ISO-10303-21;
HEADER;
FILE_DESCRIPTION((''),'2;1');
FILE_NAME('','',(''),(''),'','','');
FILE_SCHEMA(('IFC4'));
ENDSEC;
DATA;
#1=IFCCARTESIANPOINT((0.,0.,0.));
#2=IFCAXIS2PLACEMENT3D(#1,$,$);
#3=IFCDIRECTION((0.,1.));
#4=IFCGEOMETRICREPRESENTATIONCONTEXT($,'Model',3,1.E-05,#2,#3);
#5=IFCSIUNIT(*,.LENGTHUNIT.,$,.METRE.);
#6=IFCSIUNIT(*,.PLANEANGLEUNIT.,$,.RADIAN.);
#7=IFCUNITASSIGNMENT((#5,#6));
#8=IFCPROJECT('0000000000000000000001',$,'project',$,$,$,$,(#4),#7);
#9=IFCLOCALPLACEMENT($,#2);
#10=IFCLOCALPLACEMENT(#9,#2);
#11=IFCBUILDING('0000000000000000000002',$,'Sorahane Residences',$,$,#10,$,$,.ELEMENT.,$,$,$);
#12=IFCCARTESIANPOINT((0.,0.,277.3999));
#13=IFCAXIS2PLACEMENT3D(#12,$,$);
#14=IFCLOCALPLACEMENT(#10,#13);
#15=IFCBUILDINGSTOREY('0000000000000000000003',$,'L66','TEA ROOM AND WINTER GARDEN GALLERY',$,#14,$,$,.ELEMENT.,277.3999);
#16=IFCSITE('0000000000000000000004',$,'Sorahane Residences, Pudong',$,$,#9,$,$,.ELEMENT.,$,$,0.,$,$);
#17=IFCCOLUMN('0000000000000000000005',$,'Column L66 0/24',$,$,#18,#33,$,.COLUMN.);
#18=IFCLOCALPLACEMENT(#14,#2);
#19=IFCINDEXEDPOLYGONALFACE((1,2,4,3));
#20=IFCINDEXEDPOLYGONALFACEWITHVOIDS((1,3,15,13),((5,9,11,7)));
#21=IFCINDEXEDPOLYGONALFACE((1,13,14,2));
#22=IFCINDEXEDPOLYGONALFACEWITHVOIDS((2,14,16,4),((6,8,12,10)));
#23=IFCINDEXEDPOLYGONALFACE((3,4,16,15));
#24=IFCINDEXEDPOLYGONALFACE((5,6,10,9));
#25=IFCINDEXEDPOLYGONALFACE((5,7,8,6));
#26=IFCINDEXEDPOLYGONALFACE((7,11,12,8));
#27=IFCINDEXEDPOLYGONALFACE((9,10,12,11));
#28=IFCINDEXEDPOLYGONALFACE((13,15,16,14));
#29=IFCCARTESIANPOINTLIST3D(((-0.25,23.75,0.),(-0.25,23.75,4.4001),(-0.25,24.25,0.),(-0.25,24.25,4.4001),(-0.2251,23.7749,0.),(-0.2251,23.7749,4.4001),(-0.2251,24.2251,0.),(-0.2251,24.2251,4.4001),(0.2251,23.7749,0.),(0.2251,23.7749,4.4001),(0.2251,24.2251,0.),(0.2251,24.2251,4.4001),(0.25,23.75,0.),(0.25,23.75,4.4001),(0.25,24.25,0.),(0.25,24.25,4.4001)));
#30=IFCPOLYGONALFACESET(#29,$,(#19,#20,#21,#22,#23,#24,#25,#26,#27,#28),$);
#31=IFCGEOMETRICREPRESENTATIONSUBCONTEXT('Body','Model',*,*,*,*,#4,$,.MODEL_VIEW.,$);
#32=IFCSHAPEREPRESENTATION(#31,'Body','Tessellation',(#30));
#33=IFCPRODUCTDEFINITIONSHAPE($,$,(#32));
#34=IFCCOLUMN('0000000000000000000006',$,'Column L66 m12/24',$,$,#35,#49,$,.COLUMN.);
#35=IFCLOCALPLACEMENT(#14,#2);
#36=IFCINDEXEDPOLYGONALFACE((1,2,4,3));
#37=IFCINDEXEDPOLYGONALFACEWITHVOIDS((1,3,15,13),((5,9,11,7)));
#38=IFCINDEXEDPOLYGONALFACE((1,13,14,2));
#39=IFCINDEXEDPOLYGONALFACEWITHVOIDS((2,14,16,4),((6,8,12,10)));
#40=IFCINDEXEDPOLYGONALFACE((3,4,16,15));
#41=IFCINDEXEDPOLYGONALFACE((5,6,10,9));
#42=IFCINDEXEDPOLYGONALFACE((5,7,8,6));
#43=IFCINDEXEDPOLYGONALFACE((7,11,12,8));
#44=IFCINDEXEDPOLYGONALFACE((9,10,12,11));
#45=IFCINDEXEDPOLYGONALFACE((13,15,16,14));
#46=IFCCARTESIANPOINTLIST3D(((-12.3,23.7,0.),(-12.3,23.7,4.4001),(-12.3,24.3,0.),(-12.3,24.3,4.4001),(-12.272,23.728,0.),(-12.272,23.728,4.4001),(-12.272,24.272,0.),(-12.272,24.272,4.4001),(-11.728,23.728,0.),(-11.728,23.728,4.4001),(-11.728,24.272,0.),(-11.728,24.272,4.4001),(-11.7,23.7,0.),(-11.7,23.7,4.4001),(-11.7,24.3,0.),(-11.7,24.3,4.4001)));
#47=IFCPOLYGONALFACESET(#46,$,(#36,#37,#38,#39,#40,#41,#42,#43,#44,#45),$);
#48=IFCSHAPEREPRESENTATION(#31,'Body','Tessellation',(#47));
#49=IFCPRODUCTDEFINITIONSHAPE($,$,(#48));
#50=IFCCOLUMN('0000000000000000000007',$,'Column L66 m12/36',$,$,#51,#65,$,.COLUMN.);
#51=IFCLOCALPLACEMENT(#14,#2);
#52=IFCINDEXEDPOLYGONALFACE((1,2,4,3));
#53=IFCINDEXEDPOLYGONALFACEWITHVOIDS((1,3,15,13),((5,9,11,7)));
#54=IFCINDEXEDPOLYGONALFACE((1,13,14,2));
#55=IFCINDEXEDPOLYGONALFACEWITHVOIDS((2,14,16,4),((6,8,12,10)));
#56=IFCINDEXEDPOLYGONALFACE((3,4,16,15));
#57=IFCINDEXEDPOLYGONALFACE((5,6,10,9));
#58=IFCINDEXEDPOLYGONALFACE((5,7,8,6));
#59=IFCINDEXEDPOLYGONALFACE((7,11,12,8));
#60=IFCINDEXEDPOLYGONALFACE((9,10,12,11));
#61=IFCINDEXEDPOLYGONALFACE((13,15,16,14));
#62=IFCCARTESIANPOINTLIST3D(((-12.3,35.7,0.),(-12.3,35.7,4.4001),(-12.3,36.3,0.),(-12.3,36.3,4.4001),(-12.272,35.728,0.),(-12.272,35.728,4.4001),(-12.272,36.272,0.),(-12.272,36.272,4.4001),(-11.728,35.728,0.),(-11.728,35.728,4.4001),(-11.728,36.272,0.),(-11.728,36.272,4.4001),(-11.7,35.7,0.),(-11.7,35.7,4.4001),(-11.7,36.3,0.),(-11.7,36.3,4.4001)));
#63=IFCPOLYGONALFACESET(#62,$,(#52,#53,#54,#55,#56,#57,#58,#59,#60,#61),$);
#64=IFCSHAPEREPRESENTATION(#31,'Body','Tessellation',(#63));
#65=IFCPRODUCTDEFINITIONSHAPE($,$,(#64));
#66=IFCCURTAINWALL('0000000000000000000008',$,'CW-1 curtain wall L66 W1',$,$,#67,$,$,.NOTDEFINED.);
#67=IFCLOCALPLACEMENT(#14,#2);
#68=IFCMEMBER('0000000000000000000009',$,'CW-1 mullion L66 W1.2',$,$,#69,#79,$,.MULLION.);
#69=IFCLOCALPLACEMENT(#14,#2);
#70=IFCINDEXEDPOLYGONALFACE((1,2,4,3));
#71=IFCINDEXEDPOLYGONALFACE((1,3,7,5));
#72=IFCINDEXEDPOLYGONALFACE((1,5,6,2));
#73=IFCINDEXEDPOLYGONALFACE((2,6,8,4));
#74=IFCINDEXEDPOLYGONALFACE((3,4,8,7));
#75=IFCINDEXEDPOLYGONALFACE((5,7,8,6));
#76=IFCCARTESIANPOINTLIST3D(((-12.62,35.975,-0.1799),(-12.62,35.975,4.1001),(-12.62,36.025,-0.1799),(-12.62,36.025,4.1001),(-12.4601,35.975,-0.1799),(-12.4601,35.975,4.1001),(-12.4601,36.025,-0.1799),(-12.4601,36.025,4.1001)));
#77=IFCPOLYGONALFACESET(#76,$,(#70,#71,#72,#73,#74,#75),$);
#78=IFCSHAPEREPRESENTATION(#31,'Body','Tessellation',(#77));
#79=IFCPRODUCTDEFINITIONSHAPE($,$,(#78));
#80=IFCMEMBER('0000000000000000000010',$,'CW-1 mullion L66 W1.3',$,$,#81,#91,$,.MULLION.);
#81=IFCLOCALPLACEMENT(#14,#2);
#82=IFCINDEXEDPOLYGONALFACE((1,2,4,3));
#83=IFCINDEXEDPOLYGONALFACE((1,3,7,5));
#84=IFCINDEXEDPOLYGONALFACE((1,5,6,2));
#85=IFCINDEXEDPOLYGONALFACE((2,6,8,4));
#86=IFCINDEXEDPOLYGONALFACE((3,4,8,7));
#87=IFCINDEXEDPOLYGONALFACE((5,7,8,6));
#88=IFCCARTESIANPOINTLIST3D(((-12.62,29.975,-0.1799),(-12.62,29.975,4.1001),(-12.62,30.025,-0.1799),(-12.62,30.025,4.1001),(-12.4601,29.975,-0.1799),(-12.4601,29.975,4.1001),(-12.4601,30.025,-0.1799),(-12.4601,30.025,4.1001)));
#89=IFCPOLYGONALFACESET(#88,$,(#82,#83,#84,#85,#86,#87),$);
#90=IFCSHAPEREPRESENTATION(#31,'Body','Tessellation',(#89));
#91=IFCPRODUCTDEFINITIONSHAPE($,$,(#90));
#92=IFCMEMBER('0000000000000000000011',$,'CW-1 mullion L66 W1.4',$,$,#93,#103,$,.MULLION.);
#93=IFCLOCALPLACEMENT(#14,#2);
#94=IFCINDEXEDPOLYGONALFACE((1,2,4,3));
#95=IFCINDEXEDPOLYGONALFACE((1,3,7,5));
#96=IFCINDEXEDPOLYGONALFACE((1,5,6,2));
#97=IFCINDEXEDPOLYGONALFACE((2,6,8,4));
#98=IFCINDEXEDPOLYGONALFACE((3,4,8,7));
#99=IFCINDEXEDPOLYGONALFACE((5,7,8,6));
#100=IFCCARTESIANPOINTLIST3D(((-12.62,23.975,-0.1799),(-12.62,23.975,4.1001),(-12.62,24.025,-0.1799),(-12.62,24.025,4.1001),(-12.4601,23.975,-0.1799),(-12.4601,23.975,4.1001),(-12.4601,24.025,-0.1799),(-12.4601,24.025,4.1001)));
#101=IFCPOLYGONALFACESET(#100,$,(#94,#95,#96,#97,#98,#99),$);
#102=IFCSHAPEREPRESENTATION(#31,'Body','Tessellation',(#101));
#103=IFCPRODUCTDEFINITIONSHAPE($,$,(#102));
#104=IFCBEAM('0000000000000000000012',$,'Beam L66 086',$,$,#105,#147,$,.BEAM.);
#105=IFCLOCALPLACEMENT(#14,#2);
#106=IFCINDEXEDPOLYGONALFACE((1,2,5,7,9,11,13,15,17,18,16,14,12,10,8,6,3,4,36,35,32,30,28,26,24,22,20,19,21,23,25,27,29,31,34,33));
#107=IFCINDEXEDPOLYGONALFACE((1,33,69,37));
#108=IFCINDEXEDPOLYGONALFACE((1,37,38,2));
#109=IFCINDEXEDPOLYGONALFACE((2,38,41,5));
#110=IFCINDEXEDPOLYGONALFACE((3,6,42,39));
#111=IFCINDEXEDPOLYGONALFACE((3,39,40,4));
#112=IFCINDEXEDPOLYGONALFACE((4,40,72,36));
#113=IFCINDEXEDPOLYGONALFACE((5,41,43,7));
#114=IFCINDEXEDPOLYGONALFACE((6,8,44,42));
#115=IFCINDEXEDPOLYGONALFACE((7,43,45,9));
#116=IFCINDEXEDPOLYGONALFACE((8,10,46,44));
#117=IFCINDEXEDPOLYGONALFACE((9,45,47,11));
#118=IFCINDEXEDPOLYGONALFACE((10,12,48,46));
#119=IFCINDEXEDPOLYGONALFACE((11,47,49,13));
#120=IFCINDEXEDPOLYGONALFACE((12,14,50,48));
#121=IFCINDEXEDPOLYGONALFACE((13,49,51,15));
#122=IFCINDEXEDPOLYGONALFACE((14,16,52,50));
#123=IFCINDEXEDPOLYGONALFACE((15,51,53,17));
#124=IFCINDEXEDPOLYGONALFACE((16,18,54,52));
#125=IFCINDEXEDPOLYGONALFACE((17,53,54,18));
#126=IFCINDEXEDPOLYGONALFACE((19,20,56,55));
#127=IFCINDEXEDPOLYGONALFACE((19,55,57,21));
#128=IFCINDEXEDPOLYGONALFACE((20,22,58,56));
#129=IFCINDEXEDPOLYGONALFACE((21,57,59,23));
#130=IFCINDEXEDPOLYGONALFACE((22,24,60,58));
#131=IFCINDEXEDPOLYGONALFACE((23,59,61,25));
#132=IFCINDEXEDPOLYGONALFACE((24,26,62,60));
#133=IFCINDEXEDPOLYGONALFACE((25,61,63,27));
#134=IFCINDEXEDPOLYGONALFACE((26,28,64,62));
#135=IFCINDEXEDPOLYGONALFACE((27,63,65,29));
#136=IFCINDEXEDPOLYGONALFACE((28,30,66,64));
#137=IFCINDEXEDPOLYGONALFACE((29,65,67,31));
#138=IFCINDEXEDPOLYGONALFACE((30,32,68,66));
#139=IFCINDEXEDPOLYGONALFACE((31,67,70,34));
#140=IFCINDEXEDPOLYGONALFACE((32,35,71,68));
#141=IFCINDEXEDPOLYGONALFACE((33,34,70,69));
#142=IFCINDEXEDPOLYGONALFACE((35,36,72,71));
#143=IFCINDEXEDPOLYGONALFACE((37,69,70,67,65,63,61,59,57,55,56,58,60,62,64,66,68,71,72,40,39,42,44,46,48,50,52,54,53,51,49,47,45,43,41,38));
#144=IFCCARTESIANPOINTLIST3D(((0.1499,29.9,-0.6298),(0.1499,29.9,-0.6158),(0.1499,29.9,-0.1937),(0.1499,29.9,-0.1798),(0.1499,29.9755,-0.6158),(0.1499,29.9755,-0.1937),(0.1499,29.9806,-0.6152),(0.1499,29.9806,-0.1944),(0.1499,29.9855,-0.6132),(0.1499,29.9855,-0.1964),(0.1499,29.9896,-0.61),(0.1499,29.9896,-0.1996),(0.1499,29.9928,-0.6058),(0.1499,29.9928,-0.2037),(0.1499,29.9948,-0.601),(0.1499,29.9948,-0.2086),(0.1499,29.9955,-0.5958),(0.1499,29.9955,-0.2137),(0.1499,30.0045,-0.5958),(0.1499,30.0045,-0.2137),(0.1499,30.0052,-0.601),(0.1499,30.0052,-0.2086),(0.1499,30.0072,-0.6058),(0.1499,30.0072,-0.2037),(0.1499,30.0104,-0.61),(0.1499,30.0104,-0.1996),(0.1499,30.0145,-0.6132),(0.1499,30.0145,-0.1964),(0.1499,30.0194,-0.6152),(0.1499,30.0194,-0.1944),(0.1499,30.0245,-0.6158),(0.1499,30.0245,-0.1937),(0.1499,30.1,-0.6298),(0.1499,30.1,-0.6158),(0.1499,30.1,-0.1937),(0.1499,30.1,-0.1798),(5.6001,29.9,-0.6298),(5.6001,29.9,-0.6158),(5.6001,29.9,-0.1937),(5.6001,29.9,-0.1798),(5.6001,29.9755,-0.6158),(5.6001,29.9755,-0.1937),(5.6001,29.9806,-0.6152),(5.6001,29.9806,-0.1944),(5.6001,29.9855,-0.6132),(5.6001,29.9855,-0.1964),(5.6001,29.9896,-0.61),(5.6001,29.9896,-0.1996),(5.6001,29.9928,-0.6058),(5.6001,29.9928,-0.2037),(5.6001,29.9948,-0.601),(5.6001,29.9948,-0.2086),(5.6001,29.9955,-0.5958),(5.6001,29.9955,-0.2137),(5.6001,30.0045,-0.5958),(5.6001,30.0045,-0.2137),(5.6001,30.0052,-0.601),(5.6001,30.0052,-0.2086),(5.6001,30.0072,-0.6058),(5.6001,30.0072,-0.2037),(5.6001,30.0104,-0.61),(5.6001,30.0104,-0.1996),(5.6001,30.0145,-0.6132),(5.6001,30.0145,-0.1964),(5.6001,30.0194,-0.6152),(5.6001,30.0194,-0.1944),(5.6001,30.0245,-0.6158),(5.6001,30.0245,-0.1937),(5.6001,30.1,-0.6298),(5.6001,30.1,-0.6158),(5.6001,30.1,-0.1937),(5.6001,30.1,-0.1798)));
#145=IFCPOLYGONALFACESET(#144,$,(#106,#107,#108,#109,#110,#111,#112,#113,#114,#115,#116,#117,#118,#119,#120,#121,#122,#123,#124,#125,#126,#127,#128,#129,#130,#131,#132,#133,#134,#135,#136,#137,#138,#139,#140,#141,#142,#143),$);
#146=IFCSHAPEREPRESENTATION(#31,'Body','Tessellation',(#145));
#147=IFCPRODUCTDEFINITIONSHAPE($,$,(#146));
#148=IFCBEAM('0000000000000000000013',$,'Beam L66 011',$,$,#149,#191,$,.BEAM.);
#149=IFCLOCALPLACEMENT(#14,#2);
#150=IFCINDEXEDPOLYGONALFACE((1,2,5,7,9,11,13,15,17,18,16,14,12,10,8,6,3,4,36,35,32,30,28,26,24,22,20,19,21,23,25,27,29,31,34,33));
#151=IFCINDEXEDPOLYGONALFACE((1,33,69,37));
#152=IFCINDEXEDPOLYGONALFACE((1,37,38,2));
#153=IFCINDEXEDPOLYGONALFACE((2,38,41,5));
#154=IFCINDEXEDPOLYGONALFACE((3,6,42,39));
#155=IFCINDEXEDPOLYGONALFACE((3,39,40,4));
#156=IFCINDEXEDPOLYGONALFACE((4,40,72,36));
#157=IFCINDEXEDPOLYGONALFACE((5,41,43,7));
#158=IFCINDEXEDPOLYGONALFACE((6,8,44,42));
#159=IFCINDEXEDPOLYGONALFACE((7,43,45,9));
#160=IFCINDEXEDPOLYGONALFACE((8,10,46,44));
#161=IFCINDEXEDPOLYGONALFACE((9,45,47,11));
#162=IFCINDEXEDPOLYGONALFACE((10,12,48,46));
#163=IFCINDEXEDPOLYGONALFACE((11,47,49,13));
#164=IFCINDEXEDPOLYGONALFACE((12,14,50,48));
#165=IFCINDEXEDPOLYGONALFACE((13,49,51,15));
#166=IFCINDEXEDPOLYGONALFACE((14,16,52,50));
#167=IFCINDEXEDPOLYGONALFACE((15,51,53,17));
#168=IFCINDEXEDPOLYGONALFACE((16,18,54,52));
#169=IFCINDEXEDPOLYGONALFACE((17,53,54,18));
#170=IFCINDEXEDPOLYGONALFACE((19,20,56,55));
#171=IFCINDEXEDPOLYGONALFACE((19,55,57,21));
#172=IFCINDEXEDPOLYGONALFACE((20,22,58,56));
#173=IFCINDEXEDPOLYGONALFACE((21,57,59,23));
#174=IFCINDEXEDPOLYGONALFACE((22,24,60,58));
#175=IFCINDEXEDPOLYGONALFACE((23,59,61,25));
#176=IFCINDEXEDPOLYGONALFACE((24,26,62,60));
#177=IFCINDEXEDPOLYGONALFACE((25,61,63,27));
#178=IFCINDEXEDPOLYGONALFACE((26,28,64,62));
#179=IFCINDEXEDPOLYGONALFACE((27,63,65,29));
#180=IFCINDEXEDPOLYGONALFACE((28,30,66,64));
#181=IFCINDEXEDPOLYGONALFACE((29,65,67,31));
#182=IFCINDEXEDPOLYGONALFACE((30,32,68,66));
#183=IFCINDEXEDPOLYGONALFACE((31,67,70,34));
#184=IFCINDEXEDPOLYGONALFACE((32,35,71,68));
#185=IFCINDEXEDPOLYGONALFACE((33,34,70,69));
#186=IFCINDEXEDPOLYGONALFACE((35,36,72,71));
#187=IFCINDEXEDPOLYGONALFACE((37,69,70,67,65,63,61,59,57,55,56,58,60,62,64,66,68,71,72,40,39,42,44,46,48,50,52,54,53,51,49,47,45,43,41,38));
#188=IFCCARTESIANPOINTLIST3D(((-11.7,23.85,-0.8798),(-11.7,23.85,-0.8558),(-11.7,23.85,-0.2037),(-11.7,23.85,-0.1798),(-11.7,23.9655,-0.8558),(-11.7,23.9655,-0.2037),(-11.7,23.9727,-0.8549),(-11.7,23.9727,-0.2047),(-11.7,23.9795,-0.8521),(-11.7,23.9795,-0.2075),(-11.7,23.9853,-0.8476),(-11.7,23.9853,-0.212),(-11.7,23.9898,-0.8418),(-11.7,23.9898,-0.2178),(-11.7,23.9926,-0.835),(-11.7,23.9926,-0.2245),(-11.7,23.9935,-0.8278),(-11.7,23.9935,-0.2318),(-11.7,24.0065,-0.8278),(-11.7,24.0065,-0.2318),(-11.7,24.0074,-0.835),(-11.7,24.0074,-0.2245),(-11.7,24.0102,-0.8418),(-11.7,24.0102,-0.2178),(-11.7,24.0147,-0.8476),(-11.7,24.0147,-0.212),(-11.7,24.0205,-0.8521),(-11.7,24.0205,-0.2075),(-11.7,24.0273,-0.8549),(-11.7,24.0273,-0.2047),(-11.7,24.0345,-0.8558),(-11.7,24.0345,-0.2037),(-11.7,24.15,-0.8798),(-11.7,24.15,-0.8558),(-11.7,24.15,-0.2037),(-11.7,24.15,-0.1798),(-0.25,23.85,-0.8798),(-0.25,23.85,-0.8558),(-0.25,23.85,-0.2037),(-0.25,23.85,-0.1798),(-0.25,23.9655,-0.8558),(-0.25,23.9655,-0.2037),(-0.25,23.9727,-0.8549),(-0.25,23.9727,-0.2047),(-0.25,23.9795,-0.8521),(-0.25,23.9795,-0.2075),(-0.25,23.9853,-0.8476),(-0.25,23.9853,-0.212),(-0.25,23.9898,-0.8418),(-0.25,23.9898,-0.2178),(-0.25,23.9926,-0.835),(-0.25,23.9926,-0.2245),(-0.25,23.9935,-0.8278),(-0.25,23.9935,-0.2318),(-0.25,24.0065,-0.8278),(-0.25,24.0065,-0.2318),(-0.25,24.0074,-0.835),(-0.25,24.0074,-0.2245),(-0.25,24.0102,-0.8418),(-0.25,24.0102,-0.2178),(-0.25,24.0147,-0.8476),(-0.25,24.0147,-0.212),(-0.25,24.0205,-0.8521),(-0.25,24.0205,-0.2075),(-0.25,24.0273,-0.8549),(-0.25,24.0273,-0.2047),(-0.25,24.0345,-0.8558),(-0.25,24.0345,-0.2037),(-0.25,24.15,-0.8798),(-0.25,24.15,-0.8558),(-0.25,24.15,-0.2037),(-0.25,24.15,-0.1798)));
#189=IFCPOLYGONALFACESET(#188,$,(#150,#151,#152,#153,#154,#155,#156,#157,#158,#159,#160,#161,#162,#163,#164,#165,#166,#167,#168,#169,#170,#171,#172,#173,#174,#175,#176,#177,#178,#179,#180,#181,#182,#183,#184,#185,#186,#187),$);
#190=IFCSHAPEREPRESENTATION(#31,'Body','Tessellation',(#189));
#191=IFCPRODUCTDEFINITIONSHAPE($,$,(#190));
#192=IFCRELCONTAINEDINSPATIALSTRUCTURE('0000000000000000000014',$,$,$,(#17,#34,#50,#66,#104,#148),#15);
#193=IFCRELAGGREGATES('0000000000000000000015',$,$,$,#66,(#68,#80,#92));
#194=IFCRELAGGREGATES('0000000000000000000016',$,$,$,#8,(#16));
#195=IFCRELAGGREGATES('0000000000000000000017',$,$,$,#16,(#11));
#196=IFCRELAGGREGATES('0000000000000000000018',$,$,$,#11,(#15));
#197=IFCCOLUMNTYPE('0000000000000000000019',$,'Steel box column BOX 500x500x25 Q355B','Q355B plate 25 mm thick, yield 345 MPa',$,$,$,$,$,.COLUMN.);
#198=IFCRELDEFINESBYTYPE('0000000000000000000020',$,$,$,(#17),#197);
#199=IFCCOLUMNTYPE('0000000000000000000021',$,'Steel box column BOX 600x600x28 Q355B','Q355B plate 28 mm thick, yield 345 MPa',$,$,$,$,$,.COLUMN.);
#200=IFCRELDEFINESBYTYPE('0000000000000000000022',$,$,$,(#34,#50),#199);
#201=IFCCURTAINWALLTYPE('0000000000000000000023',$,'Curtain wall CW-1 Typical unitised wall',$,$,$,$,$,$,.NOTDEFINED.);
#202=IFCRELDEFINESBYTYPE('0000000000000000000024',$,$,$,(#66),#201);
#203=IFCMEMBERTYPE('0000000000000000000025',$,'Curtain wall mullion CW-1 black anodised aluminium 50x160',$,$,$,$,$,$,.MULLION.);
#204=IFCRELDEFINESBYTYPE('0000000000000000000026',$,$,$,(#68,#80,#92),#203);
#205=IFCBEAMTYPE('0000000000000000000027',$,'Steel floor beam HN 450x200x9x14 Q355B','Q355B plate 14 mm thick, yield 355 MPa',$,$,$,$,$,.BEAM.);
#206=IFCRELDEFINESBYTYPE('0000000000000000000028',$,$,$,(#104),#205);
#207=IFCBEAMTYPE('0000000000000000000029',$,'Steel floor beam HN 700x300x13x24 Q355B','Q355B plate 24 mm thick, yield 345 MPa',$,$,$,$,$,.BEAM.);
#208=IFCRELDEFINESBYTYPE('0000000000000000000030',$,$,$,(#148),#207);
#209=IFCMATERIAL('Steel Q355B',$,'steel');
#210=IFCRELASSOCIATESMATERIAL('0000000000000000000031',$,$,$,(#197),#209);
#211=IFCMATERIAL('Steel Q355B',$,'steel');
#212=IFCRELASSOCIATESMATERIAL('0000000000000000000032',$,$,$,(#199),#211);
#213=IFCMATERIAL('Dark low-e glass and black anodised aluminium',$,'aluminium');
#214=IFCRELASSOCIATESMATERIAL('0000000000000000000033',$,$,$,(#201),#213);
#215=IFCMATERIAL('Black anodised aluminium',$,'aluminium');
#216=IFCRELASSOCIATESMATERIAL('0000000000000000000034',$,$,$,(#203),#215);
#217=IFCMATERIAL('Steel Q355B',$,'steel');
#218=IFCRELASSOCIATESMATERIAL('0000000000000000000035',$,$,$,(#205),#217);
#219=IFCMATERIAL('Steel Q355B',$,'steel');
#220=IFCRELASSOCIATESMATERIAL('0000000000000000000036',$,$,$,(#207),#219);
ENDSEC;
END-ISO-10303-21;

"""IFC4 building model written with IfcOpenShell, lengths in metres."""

from ifc_helpers import new_model, si_unit, direction, frame, origin, origin_2d, place, context, subcontext, project, spatial, rectangle, hollow_rectangle, i_section, extrude, material, material_profile, profile_set, type_object, element, aggregate, save


model = new_model("IFC4")

# Units and contexts
model_context = context("Model", 3, precision=1e-05, world=origin(), true_north=direction((0.0, 1.0)))
body_context = subcontext(model_context, "Body", "Model", "MODEL_VIEW")
ifc_project = project(units=[si_unit("LENGTHUNIT", "METRE"), si_unit("PLANEANGLEUNIT", "RADIAN")], contexts=[model_context])

# Site, building, storey
site_placement = place(None, origin())
site = spatial("IfcSite", under=ifc_project, at=site_placement, Name="Sorahane Residences, Pudong", CompositionType="ELEMENT", RefElevation=0.0)
building_placement = place(site_placement, origin())
building = spatial("IfcBuilding", under=site, at=building_placement, Name="Sorahane Residences", CompositionType="ELEMENT")
storey_placement = place(building_placement, frame((0.0, 0.0, 277.3999)))
storey = spatial("IfcBuildingStorey", under=building, at=storey_placement, Name="L66", Description="TEA ROOM AND WINTER GARDEN GALLERY", CompositionType="ELEMENT", Elevation=277.3999)

# Columns
ifc_material_1 = material(Name="Steel Q355B", Category="steel")
ifc_material_profile_1 = material_profile(ifc_material_1, hollow_rectangle(XDim=0.5, YDim=0.5, WallThickness=0.0249, at=origin_2d()), Name="BOX 500x500x25")
ifc_profile_set_1 = profile_set([ifc_material_profile_1], Name="Steel Q355B")
column_type_1 = type_object("IfcColumnType", Name="Steel box column BOX 500x500x25 Q355B", Description="Q355B plate 25 mm thick, yield 345 MPa", PredefinedType="COLUMN", material=ifc_profile_set_1)
column_placement = place(storey_placement, frame((0.0, 24.0, 0.0), z_axis=(0.0, 0.0, 1.0), x_axis=(1.0, 0.0, 0.0)))
element("IfcColumn", 1, at=column_placement, inside=storey, type_object=column_type_1, Name="Column L66 0/24", PredefinedType="COLUMN", context=body_context, shape_type="SweptSolid", body=[
    extrude(hollow_rectangle(XDim=0.5, YDim=0.5, WallThickness=0.0249, at=origin_2d()), origin(), (0.0, 0.0, 1.0), 4.4001),
])
ifc_material_2 = material(Name="Steel Q355B", Category="steel")
ifc_material_profile_2 = material_profile(ifc_material_2, hollow_rectangle(XDim=0.6001, YDim=0.6001, WallThickness=0.0281, at=origin_2d()), Name="BOX 600x600x28")
ifc_profile_set_2 = profile_set([ifc_material_profile_2], Name="Steel Q355B")
column_type_2 = type_object("IfcColumnType", Name="Steel box column BOX 600x600x28 Q355B", Description="Q355B plate 28 mm thick, yield 345 MPa", PredefinedType="COLUMN", material=ifc_profile_set_2)
for number, where, z_axis, x_axis, name in (
    (2, (-12.0, 24.0, 0.0), (0.0, 0.0, 1.0), (1.0, 0.0, 0.0), "Column L66 m12/24"),
    (3, (-12.0, 36.0, 0.0), (0.0, 0.0, 1.0), (1.0, 0.0, 0.0), "Column L66 m12/36"),
):
    element("IfcColumn", number, at=place(storey_placement, frame(where, z_axis=z_axis, x_axis=x_axis)), inside=storey, type_object=column_type_2, Name=name, PredefinedType="COLUMN", context=body_context, shape_type="SweptSolid", body=[
        extrude(hollow_rectangle(XDim=0.6001, YDim=0.6001, WallThickness=0.0281, at=origin_2d()), origin(), (0.0, 0.0, 1.0), 4.4001),
    ])

# Curtain wall, members
ifc_material_3 = material(Name="Dark low-e glass and black anodised aluminium", Category="aluminium")
curtain_wall_type = type_object("IfcCurtainWallType", Name="Curtain wall CW-1 Typical unitised wall", PredefinedType="NOTDEFINED", material=ifc_material_3)
curtain_wall_placement = place(storey_placement, origin())
curtain_wall = element("IfcCurtainWall", 4, at=curtain_wall_placement, inside=storey, type_object=curtain_wall_type, Name="CW-1 curtain wall L66 W1", PredefinedType="NOTDEFINED")
ifc_material_4 = material(Name="Black anodised aluminium", Category="aluminium")
ifc_material_profile_3 = material_profile(ifc_material_4, rectangle(XDim=0.1599, YDim=0.05, at=origin_2d()), Name="Curtain wall mullion CW-1 black anodised aluminium 50x160")
ifc_profile_set_3 = profile_set([ifc_material_profile_3], Name="Black anodised aluminium")
member_type = type_object("IfcMemberType", Name="Curtain wall mullion CW-1 black anodised aluminium 50x160", PredefinedType="MULLION", material=ifc_profile_set_3)
member_1_placement = place(storey_placement, frame((-12.54, 36.0, -0.1799), z_axis=(0.0, 0.0, 1.0), x_axis=(-1.0, 0.0, 0.0)))
member_1 = element("IfcMember", 5, at=member_1_placement, type_object=member_type, Name="CW-1 mullion L66 W1.2", PredefinedType="MULLION", context=body_context, shape_type="SweptSolid", body=[
    extrude(rectangle(XDim=0.1599, YDim=0.05, at=origin_2d()), origin(), (0.0, 0.0, 1.0), 4.28),
])
member_2_placement = place(storey_placement, frame((-12.54, 30.0, -0.1799), z_axis=(0.0, 0.0, 1.0), x_axis=(-1.0, 0.0, 0.0)))
member_2 = element("IfcMember", 6, at=member_2_placement, type_object=member_type, Name="CW-1 mullion L66 W1.3", PredefinedType="MULLION", context=body_context, shape_type="SweptSolid", body=[
    extrude(rectangle(XDim=0.1599, YDim=0.05, at=origin_2d()), origin(), (0.0, 0.0, 1.0), 4.28),
])
member_3_placement = place(storey_placement, frame((-12.54, 24.0, -0.1799), z_axis=(0.0, 0.0, 1.0), x_axis=(-1.0, 0.0, 0.0)))
member_3 = element("IfcMember", 7, at=member_3_placement, type_object=member_type, Name="CW-1 mullion L66 W1.4", PredefinedType="MULLION", context=body_context, shape_type="SweptSolid", body=[
    extrude(rectangle(XDim=0.1599, YDim=0.05, at=origin_2d()), origin(), (0.0, 0.0, 1.0), 4.28),
])

# Beams
ifc_material_5 = material(Name="Steel Q355B", Category="steel")
ifc_material_profile_4 = material_profile(ifc_material_5, i_section(OverallWidth=0.2, OverallDepth=0.45, WebThickness=0.009, FlangeThickness=0.0139, FilletRadius=0.02, at=origin_2d()), Name="HN 450x200x9x14")
ifc_profile_set_4 = profile_set([ifc_material_profile_4], Name="Steel Q355B")
beam_type_1 = type_object("IfcBeamType", Name="Steel floor beam HN 450x200x9x14 Q355B", Description="Q355B plate 14 mm thick, yield 355 MPa", PredefinedType="BEAM", material=ifc_profile_set_4)
beam_1_placement = place(storey_placement, frame((0.1499, 30.0, -0.4048), z_axis=(1.0, 0.0, 0.0), x_axis=(0.0, 1.0, 0.0)))
element("IfcBeam", 8, at=beam_1_placement, inside=storey, type_object=beam_type_1, Name="Beam L66 086", PredefinedType="BEAM", context=body_context, shape_type="SweptSolid", body=[
    extrude(i_section(OverallWidth=0.2, OverallDepth=0.45, WebThickness=0.009, FlangeThickness=0.0139, FilletRadius=0.02, at=origin_2d()), origin(), (0.0, 0.0, 1.0), 5.4502),
])
ifc_material_6 = material(Name="Steel Q355B", Category="steel")
ifc_material_profile_5 = material_profile(ifc_material_6, i_section(OverallWidth=0.3, OverallDepth=0.7, WebThickness=0.0129, FlangeThickness=0.0239, FilletRadius=0.0281, at=origin_2d()), Name="HN 700x300x13x24")
ifc_profile_set_5 = profile_set([ifc_material_profile_5], Name="Steel Q355B")
beam_type_2 = type_object("IfcBeamType", Name="Steel floor beam HN 700x300x13x24 Q355B", Description="Q355B plate 24 mm thick, yield 345 MPa", PredefinedType="BEAM", material=ifc_profile_set_5)
for number, where, z_axis, x_axis, name in (
    (9, (-11.7, 24.0, -0.5298), (1.0, 0.0, 0.0), (0.0, 1.0, 0.0), "Beam L66 011"),
):
    element("IfcBeam", number, at=place(storey_placement, frame(where, z_axis=z_axis, x_axis=x_axis)), inside=storey, type_object=beam_type_2, Name=name, PredefinedType="BEAM", context=body_context, shape_type="SweptSolid", body=[
        extrude(i_section(OverallWidth=0.3, OverallDepth=0.7, WebThickness=0.0129, FlangeThickness=0.0239, FilletRadius=0.0281, at=origin_2d()), origin(), (0.0, 0.0, 1.0), 11.45),
    ])

aggregate(curtain_wall, [member_1, member_2, member_3])

save(model, "model.ifc")
